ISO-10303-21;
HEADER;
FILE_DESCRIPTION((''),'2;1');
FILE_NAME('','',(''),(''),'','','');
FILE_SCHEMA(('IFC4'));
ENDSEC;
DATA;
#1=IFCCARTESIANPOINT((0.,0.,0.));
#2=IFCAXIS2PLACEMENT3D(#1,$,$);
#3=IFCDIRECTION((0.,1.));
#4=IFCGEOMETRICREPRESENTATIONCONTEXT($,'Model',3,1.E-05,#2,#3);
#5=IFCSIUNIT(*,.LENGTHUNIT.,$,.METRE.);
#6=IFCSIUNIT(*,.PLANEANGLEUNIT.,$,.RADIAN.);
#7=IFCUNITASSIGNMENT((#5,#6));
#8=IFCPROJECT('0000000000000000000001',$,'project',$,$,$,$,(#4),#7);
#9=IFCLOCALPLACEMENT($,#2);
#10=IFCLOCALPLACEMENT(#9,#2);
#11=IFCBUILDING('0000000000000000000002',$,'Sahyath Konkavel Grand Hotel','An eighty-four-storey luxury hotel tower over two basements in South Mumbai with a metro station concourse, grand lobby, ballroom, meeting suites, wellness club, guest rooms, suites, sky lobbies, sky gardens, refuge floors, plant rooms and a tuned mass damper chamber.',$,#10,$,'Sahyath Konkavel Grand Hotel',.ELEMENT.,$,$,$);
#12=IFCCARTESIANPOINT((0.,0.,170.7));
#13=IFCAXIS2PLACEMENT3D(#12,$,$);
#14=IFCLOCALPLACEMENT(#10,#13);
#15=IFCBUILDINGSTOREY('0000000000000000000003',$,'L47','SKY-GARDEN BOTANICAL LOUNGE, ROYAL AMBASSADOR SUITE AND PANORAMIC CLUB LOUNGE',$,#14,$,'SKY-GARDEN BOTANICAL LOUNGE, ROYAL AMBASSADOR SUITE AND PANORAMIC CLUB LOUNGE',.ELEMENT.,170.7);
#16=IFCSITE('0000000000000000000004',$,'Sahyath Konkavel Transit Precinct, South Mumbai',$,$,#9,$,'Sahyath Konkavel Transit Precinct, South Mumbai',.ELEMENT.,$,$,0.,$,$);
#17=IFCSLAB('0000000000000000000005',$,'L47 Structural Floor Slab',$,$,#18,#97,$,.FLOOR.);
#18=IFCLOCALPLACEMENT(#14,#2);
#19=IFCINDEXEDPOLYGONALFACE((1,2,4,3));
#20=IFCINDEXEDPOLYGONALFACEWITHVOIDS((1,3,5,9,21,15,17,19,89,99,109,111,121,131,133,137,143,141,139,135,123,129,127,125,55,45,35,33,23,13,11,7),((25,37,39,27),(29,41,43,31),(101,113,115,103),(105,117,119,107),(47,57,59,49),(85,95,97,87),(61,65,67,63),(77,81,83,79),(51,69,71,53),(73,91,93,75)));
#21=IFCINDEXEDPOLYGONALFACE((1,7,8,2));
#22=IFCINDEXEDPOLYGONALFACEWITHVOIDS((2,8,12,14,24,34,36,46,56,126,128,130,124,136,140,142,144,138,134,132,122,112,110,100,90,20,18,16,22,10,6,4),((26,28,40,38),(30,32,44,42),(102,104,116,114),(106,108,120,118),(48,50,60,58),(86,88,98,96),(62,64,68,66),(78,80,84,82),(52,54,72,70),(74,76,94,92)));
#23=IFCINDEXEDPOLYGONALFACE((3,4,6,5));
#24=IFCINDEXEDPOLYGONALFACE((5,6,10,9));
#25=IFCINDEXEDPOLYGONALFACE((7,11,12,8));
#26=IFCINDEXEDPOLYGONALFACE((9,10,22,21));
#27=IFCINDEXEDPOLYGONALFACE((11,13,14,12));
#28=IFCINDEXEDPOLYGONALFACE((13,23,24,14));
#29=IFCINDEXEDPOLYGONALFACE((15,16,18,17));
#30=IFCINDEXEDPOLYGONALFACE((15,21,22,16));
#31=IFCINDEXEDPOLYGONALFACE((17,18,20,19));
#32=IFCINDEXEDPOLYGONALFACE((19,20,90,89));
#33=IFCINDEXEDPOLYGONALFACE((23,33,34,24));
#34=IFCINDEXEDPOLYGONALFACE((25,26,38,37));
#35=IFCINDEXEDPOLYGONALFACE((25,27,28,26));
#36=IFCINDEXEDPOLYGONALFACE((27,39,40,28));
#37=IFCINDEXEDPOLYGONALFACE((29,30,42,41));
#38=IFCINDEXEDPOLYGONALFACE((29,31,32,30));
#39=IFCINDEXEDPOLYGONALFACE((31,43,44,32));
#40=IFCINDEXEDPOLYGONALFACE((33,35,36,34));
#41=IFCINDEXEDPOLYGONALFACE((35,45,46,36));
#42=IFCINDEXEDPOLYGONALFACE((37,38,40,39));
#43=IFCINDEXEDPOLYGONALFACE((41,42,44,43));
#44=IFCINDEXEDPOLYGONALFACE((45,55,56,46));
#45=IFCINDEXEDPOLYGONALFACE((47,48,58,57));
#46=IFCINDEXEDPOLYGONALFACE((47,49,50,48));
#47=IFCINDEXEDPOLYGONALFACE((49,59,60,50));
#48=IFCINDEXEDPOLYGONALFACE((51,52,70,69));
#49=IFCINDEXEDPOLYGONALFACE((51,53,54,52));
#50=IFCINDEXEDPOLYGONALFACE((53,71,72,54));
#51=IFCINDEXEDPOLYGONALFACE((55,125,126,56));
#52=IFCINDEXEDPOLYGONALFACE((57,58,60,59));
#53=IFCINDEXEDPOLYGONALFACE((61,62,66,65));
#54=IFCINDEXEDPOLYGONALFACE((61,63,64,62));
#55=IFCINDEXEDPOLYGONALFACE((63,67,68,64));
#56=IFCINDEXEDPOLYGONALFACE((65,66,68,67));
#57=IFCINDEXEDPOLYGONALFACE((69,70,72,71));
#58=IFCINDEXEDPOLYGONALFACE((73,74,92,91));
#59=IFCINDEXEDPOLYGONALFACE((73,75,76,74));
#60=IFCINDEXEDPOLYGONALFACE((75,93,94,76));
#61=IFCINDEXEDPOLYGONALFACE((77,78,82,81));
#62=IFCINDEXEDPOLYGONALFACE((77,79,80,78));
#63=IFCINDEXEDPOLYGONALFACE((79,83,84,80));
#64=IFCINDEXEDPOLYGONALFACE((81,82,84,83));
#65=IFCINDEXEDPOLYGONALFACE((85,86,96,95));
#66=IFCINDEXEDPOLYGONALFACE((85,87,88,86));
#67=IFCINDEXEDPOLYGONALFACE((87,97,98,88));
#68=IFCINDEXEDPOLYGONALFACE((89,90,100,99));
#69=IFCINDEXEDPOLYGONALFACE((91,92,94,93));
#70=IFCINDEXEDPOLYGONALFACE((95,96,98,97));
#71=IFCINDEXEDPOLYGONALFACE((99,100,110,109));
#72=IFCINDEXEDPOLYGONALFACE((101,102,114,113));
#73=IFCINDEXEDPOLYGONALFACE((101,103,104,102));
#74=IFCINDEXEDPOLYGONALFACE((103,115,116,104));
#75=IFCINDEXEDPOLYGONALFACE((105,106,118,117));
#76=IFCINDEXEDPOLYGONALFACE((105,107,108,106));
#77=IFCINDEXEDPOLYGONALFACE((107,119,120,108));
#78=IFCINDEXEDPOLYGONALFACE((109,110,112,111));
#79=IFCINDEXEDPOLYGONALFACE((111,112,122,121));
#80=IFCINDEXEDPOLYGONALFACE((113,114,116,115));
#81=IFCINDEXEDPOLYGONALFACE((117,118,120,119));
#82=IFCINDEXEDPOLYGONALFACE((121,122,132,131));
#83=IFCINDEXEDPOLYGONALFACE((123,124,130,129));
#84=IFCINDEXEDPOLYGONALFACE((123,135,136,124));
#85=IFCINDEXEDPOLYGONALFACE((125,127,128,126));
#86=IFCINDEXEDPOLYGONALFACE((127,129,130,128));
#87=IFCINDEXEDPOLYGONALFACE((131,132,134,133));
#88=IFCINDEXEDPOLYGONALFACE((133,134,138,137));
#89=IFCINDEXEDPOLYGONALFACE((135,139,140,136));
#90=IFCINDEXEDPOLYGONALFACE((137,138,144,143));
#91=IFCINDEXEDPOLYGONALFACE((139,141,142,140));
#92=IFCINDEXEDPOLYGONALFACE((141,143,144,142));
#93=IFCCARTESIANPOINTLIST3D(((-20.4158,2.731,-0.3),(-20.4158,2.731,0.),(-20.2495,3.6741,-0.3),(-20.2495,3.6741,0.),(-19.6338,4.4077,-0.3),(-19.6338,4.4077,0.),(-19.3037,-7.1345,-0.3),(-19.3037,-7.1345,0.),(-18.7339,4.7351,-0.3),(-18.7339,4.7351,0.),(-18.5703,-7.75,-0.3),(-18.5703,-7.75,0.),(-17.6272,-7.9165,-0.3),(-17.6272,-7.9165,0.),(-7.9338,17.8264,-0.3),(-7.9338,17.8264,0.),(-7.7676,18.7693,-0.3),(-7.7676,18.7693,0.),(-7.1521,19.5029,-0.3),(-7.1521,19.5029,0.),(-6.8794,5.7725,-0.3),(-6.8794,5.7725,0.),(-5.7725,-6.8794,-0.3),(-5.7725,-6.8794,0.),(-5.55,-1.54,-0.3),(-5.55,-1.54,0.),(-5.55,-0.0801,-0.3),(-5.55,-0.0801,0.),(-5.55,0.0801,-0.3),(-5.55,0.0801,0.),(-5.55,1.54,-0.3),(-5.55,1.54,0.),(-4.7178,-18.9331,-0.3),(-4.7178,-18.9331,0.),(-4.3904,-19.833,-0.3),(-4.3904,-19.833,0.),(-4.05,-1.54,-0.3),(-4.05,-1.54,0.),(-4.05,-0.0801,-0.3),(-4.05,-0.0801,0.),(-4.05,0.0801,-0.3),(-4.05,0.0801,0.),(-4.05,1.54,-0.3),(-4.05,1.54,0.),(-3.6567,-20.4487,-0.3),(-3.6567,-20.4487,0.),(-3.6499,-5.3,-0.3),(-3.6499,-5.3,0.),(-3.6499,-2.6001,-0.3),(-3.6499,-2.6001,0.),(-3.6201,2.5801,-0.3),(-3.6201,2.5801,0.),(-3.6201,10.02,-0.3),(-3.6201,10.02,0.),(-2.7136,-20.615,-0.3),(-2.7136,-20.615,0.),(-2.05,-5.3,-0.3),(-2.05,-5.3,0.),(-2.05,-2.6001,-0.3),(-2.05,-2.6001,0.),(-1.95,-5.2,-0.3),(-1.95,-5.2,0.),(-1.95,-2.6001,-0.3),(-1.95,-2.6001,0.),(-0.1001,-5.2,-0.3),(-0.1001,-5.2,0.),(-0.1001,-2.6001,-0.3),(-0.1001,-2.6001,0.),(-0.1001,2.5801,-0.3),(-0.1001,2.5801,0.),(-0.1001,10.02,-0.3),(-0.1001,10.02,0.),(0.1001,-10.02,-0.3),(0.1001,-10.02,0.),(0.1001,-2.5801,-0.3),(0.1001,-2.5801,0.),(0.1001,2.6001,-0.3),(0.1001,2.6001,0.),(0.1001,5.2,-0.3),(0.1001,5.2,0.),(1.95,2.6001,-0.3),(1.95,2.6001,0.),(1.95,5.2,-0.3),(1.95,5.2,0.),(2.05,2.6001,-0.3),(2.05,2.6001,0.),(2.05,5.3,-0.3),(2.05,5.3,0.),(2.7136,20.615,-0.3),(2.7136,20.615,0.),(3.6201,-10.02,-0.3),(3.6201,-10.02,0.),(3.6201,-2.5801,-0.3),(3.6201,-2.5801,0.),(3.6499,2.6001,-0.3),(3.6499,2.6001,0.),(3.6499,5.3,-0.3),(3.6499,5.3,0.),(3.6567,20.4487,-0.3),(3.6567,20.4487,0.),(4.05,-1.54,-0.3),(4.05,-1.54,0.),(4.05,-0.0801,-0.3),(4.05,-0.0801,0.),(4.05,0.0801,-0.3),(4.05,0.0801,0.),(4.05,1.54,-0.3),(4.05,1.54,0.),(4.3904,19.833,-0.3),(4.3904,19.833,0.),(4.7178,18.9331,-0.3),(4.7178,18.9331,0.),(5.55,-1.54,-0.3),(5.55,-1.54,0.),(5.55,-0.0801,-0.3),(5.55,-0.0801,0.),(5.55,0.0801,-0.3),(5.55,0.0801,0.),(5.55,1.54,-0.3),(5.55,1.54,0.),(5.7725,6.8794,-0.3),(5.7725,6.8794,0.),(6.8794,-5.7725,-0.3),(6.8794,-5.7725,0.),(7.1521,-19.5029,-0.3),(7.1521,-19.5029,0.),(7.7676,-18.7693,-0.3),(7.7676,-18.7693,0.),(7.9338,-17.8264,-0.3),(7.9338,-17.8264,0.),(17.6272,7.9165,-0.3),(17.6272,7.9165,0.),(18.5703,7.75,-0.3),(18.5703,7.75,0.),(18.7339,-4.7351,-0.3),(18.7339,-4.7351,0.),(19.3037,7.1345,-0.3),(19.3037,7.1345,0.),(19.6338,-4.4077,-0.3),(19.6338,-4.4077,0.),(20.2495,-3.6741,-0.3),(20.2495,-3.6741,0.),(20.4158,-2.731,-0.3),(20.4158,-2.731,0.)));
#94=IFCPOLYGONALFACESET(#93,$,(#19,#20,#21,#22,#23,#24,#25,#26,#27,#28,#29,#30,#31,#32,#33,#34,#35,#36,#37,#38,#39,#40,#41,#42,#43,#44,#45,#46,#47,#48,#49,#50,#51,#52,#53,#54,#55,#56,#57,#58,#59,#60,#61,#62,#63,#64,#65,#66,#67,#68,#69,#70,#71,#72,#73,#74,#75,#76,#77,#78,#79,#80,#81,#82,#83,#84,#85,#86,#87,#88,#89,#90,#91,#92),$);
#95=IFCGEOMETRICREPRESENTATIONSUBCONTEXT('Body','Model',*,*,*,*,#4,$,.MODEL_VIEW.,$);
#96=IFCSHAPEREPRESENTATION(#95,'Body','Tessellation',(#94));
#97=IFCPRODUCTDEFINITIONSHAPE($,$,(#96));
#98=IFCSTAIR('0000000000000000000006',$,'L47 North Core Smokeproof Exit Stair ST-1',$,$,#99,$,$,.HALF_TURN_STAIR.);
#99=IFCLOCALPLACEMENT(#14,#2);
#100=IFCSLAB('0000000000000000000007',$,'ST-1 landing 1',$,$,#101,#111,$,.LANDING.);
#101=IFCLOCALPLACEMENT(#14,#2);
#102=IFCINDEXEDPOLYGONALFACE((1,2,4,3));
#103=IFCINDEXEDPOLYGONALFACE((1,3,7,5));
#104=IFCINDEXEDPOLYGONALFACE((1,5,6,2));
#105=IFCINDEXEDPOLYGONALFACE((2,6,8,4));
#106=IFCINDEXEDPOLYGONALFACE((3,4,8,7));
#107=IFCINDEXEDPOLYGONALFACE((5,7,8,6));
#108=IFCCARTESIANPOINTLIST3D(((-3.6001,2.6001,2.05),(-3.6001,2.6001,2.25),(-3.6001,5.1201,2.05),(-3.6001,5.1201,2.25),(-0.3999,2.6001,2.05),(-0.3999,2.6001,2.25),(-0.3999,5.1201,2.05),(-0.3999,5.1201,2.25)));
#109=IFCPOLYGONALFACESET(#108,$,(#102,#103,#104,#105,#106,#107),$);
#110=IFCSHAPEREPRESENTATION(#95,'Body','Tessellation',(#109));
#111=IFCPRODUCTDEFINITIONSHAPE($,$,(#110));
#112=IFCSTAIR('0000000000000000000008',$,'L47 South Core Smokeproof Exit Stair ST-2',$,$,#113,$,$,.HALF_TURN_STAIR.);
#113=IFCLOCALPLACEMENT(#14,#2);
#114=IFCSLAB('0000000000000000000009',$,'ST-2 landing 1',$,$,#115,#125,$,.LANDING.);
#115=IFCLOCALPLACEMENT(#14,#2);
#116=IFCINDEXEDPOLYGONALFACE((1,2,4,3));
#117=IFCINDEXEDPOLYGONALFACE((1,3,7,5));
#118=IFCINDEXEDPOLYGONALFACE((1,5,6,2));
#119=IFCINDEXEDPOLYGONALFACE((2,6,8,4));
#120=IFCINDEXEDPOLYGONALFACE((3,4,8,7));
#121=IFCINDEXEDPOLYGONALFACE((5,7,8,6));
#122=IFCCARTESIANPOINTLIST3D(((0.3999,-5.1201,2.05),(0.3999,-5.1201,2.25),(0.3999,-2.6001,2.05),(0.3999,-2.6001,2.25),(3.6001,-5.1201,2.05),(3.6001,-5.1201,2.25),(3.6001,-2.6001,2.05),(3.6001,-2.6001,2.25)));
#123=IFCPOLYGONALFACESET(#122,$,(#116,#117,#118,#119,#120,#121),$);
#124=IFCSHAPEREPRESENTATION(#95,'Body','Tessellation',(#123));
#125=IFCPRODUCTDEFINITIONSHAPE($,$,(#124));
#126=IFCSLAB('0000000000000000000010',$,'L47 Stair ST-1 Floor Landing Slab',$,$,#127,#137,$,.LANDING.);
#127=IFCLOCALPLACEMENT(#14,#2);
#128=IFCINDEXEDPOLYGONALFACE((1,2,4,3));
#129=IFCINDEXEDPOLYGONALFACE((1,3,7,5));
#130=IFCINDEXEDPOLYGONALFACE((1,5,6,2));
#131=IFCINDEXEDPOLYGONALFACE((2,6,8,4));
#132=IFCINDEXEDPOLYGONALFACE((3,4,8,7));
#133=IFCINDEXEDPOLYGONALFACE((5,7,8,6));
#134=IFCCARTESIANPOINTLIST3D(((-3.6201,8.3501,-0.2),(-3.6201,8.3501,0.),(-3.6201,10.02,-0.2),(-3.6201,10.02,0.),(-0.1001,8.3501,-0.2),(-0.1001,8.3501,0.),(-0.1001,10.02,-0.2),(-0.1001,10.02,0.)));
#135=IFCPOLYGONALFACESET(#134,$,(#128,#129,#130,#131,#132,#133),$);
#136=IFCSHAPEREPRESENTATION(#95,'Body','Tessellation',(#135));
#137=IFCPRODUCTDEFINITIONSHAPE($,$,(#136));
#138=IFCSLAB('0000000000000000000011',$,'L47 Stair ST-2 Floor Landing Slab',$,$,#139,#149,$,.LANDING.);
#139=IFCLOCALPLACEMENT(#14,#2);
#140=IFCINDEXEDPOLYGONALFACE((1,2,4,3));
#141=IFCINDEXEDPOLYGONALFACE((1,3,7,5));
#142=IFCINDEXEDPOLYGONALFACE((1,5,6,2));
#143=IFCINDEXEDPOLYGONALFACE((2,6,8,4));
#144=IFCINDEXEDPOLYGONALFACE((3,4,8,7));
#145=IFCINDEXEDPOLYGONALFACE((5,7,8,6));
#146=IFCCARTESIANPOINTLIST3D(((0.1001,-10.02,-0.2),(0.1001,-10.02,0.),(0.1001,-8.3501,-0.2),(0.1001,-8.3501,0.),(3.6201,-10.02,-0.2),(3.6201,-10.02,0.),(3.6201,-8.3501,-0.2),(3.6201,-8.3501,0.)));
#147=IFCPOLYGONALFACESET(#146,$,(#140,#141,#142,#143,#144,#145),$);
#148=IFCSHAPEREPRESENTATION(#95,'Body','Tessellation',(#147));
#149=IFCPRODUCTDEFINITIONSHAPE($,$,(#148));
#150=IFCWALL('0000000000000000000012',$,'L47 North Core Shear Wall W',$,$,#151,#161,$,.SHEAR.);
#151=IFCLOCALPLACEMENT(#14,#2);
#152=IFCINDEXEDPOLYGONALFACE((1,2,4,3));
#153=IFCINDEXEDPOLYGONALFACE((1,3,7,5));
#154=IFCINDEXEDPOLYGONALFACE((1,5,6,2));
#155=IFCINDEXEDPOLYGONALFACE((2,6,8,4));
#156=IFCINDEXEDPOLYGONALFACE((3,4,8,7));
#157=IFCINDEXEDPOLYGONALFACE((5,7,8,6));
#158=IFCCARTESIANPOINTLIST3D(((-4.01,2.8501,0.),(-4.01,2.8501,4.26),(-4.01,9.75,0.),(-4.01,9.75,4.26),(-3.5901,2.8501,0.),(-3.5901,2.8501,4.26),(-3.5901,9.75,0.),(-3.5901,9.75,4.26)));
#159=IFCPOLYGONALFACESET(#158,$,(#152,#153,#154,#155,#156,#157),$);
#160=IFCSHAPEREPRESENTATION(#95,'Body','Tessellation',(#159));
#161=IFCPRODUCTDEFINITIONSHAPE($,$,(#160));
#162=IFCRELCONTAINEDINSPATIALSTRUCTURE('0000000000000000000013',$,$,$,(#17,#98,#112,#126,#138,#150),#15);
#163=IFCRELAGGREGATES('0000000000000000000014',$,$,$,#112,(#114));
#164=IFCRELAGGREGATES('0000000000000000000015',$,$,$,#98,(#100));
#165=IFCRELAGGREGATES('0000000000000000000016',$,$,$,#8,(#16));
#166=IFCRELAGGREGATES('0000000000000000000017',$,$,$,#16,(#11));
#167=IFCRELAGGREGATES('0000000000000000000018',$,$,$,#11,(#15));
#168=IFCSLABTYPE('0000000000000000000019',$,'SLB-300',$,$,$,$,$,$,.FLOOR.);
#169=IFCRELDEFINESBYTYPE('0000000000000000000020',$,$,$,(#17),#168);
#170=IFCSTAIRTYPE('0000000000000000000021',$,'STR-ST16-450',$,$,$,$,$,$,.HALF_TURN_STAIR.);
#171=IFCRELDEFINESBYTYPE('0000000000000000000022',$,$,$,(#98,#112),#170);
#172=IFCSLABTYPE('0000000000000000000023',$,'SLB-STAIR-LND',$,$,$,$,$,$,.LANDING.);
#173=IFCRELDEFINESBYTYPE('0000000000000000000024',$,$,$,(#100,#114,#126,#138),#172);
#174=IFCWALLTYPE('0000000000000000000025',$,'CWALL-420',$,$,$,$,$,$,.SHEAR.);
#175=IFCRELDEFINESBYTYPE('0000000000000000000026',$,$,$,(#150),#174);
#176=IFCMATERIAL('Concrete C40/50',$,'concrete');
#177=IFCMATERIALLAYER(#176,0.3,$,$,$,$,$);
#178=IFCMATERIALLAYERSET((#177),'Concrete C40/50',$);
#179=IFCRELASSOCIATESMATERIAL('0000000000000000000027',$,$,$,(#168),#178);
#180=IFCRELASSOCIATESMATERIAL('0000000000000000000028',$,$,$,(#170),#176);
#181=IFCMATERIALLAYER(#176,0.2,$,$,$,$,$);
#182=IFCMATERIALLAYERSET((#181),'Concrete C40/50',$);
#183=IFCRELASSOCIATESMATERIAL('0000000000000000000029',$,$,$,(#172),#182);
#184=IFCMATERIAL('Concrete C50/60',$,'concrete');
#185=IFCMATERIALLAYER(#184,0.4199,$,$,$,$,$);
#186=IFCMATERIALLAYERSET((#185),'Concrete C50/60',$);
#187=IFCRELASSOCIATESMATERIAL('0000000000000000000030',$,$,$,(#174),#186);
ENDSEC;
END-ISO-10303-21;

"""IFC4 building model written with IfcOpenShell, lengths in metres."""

from ifc_helpers import new_model, si_unit, direction, frame, frame_2d, origin, place, context, subcontext, project, spatial, polyline, rectangle, outline, extrude, material, layer, layer_set, type_object, element, aggregate, save


model = new_model("IFC4")

# Units and contexts
model_context = context("Model", 3, precision=1e-05, world=origin(), true_north=direction((0.0, 1.0)))
body_context = subcontext(model_context, "Body", "Model", "MODEL_VIEW")
ifc_project = project(units=[si_unit("LENGTHUNIT", "METRE"), si_unit("PLANEANGLEUNIT", "RADIAN")], contexts=[model_context])

# Site, building, storey
site_placement = place(None, origin())
site = spatial("IfcSite", under=ifc_project, at=site_placement, Name="Sahyath Konkavel Transit Precinct, South Mumbai", LongName="Sahyath Konkavel Transit Precinct, South Mumbai", CompositionType="ELEMENT", RefElevation=0.0)
building_placement = place(site_placement, origin())
building = spatial("IfcBuilding", under=site, at=building_placement, Name="Sahyath Konkavel Grand Hotel", Description="An eighty-four-storey luxury hotel tower over two basements in South Mumbai with a metro station concourse, grand lobby, ballroom, meeting suites, wellness club, guest rooms, suites, sky lobbies, sky gardens, refuge floors, plant rooms and a tuned mass damper chamber.", LongName="Sahyath Konkavel Grand Hotel", CompositionType="ELEMENT")
storey_placement = place(building_placement, frame((0.0, 0.0, 170.7)))
storey = spatial("IfcBuildingStorey", under=building, at=storey_placement, Name="L47", Description="SKY-GARDEN BOTANICAL LOUNGE, ROYAL AMBASSADOR SUITE AND PANORAMIC CLUB LOUNGE", LongName="SKY-GARDEN BOTANICAL LOUNGE, ROYAL AMBASSADOR SUITE AND PANORAMIC CLUB LOUNGE", CompositionType="ELEMENT", Elevation=170.7)

# Shared definitions
ifc_material_1 = material(Name="Concrete C50/60", Category="concrete")

# Slab
ifc_material_2 = material(Name="Concrete C40/50", Category="concrete")
ifc_layer_1 = layer(ifc_material_2, 0.3)
ifc_layer_set_1 = layer_set([ifc_layer_1], Name="Concrete C40/50")
slab_type_1 = type_object("IfcSlabType", Name="SLB-300", PredefinedType="FLOOR", material=ifc_layer_set_1)
slab_1_placement = place(storey_placement, frame((0.0, 0.0, -0.3)))
element("IfcSlab", 1, at=slab_1_placement, inside=storey, type_object=slab_type_1, Name="L47 Structural Floor Slab", PredefinedType="FLOOR", context=body_context, shape_type="SweptSolid", body=[
    extrude(outline(polyline([(6.8794, -5.7725), (18.7339, -4.7351), (19.6338, -4.4077), (20.2495, -3.6741), (20.4158, -2.731), (19.3037, 7.1345), (18.5703, 7.75), (17.6272, 7.9165), (5.7725, 6.8794), (4.7178, 18.9331), (4.3904, 19.833), (3.6567, 20.4487), (2.7136, 20.615), (-7.1521, 19.5029), (-7.7676, 18.7693), (-7.9338, 17.8264), (-6.8794, 5.7725), (-18.7339, 4.7351), (-19.6338, 4.4077), (-20.2495, 3.6741), (-20.4158, 2.731), (-19.3037, -7.1345), (-18.5703, -7.75), (-17.6272, -7.9165), (-5.7725, -6.8794), (-4.7178, -18.9331), (-4.3904, -19.833), (-3.6567, -20.4487), (-2.7136, -20.615), (7.1521, -19.5029), (7.7676, -18.7693), (7.9338, -17.8264), (6.8794, -5.7725)]), holes=[polyline([(-3.6201, 2.5801), (-0.1001, 2.5801), (-0.1001, 10.02), (-3.6201, 10.02), (-3.6201, 2.5801)]), polyline([(0.1001, -10.02), (3.6201, -10.02), (3.6201, -2.5801), (0.1001, -2.5801), (0.1001, -10.02)]), polyline([(0.1001, 2.6001), (1.95, 2.6001), (1.95, 5.2), (0.1001, 5.2), (0.1001, 2.6001)]), polyline([(-1.95, -5.2), (-0.1001, -5.2), (-0.1001, -2.6001), (-1.95, -2.6001), (-1.95, -5.2)]), polyline([(2.05, 2.6001), (3.6499, 2.6001), (3.6499, 5.3), (2.05, 5.3), (2.05, 2.6001)]), polyline([(-3.6499, -5.3), (-2.05, -5.3), (-2.05, -2.6001), (-3.6499, -2.6001), (-3.6499, -5.3)]), polyline([(4.05, 0.0801), (5.55, 0.0801), (5.55, 1.54), (4.05, 1.54), (4.05, 0.0801)]), polyline([(4.05, -1.54), (5.55, -1.54), (5.55, -0.0801), (4.05, -0.0801), (4.05, -1.54)]), polyline([(-5.55, 0.0801), (-4.05, 0.0801), (-4.05, 1.54), (-5.55, 1.54), (-5.55, 0.0801)]), polyline([(-5.55, -1.54), (-4.05, -1.54), (-4.05, -0.0801), (-5.55, -0.0801), (-5.55, -1.54)])]), origin(), (0.0, 0.0, 1.0), 0.3),
])

# Stairs, slabs
stair_type = type_object("IfcStairType", Name="STR-ST16-450", PredefinedType="HALF_TURN_STAIR", material=ifc_material_2)
stair_1_placement = place(storey_placement, origin())
stair_1 = element("IfcStair", 2, at=stair_1_placement, inside=storey, type_object=stair_type, Name="L47 North Core Smokeproof Exit Stair ST-1", PredefinedType="HALF_TURN_STAIR")
ifc_layer_2 = layer(ifc_material_2, 0.2)
ifc_layer_set_2 = layer_set([ifc_layer_2], Name="Concrete C40/50")
slab_type_2 = type_object("IfcSlabType", Name="SLB-STAIR-LND", PredefinedType="LANDING", material=ifc_layer_set_2)
slab_2_placement = place(storey_placement, frame((0.0, 0.0, 2.05)))
slab_2 = element("IfcSlab", 3, at=slab_2_placement, type_object=slab_type_2, Name="ST-1 landing 1", PredefinedType="LANDING", context=body_context, shape_type="SweptSolid", body=[
    extrude(outline(polyline([(-3.6001, 5.1201), (-3.6001, 2.6001), (-0.3999, 2.6001), (-0.3999, 5.1201), (-3.6001, 5.1201)])), origin(), (0.0, 0.0, 1.0), 0.2),
])
stair_2_placement = place(storey_placement, origin())
stair_2 = element("IfcStair", 4, at=stair_2_placement, inside=storey, type_object=stair_type, Name="L47 South Core Smokeproof Exit Stair ST-2", PredefinedType="HALF_TURN_STAIR")
slab_3_placement = place(storey_placement, frame((0.0, 0.0, 2.05)))
slab_3 = element("IfcSlab", 5, at=slab_3_placement, type_object=slab_type_2, Name="ST-2 landing 1", PredefinedType="LANDING", context=body_context, shape_type="SweptSolid", body=[
    extrude(outline(polyline([(3.6001, -5.1201), (3.6001, -2.6001), (0.3999, -2.6001), (0.3999, -5.1201), (3.6001, -5.1201)])), origin(), (0.0, 0.0, 1.0), 0.2),
])
aggregate(stair_2, [slab_3])

# Slabs
slab_4_placement = place(storey_placement, frame((0.0, 0.0, -0.2)))
element("IfcSlab", 6, at=slab_4_placement, inside=storey, type_object=slab_type_2, Name="L47 Stair ST-1 Floor Landing Slab", PredefinedType="LANDING", context=body_context, shape_type="SweptSolid", body=[
    extrude(outline(polyline([(-3.6201, 8.3501), (-0.1001, 8.3501), (-0.1001, 10.02), (-3.6201, 10.02), (-3.6201, 8.3501)])), origin(), (0.0, 0.0, 1.0), 0.2),
])
slab_5_placement = place(storey_placement, frame((0.0, 0.0, -0.2)))
element("IfcSlab", 7, at=slab_5_placement, inside=storey, type_object=slab_type_2, Name="L47 Stair ST-2 Floor Landing Slab", PredefinedType="LANDING", context=body_context, shape_type="SweptSolid", body=[
    extrude(outline(polyline([(0.1001, -10.02), (3.6201, -10.02), (3.6201, -8.3501), (0.1001, -8.3501), (0.1001, -10.02)])), origin(), (0.0, 0.0, 1.0), 0.2),
])

# Wall
ifc_layer_3 = layer(ifc_material_1, 0.4199)
ifc_layer_set_3 = layer_set([ifc_layer_3], Name="Concrete C50/60")
wall_type_1 = type_object("IfcWallType", Name="CWALL-420", PredefinedType="SHEAR", material=ifc_layer_set_3)
wall_1_placement = place(storey_placement, frame((-3.8, 2.8501, 0.0), z_axis=(0.0, 0.0, 1.0), x_axis=(0.0, 1.0, 0.0)))
element("IfcWall", 8, at=wall_1_placement, inside=storey, type_object=wall_type_1, Name="L47 North Core Shear Wall W", PredefinedType="SHEAR", context=body_context, shape_type="SweptSolid", body=[
    extrude(rectangle(XDim=6.8999, YDim=0.4199, at=frame_2d((3.45, 0.0))), origin(), (0.0, 0.0, 1.0), 4.26),
])

aggregate(stair_1, [slab_2])

save(model, "model.ifc")
